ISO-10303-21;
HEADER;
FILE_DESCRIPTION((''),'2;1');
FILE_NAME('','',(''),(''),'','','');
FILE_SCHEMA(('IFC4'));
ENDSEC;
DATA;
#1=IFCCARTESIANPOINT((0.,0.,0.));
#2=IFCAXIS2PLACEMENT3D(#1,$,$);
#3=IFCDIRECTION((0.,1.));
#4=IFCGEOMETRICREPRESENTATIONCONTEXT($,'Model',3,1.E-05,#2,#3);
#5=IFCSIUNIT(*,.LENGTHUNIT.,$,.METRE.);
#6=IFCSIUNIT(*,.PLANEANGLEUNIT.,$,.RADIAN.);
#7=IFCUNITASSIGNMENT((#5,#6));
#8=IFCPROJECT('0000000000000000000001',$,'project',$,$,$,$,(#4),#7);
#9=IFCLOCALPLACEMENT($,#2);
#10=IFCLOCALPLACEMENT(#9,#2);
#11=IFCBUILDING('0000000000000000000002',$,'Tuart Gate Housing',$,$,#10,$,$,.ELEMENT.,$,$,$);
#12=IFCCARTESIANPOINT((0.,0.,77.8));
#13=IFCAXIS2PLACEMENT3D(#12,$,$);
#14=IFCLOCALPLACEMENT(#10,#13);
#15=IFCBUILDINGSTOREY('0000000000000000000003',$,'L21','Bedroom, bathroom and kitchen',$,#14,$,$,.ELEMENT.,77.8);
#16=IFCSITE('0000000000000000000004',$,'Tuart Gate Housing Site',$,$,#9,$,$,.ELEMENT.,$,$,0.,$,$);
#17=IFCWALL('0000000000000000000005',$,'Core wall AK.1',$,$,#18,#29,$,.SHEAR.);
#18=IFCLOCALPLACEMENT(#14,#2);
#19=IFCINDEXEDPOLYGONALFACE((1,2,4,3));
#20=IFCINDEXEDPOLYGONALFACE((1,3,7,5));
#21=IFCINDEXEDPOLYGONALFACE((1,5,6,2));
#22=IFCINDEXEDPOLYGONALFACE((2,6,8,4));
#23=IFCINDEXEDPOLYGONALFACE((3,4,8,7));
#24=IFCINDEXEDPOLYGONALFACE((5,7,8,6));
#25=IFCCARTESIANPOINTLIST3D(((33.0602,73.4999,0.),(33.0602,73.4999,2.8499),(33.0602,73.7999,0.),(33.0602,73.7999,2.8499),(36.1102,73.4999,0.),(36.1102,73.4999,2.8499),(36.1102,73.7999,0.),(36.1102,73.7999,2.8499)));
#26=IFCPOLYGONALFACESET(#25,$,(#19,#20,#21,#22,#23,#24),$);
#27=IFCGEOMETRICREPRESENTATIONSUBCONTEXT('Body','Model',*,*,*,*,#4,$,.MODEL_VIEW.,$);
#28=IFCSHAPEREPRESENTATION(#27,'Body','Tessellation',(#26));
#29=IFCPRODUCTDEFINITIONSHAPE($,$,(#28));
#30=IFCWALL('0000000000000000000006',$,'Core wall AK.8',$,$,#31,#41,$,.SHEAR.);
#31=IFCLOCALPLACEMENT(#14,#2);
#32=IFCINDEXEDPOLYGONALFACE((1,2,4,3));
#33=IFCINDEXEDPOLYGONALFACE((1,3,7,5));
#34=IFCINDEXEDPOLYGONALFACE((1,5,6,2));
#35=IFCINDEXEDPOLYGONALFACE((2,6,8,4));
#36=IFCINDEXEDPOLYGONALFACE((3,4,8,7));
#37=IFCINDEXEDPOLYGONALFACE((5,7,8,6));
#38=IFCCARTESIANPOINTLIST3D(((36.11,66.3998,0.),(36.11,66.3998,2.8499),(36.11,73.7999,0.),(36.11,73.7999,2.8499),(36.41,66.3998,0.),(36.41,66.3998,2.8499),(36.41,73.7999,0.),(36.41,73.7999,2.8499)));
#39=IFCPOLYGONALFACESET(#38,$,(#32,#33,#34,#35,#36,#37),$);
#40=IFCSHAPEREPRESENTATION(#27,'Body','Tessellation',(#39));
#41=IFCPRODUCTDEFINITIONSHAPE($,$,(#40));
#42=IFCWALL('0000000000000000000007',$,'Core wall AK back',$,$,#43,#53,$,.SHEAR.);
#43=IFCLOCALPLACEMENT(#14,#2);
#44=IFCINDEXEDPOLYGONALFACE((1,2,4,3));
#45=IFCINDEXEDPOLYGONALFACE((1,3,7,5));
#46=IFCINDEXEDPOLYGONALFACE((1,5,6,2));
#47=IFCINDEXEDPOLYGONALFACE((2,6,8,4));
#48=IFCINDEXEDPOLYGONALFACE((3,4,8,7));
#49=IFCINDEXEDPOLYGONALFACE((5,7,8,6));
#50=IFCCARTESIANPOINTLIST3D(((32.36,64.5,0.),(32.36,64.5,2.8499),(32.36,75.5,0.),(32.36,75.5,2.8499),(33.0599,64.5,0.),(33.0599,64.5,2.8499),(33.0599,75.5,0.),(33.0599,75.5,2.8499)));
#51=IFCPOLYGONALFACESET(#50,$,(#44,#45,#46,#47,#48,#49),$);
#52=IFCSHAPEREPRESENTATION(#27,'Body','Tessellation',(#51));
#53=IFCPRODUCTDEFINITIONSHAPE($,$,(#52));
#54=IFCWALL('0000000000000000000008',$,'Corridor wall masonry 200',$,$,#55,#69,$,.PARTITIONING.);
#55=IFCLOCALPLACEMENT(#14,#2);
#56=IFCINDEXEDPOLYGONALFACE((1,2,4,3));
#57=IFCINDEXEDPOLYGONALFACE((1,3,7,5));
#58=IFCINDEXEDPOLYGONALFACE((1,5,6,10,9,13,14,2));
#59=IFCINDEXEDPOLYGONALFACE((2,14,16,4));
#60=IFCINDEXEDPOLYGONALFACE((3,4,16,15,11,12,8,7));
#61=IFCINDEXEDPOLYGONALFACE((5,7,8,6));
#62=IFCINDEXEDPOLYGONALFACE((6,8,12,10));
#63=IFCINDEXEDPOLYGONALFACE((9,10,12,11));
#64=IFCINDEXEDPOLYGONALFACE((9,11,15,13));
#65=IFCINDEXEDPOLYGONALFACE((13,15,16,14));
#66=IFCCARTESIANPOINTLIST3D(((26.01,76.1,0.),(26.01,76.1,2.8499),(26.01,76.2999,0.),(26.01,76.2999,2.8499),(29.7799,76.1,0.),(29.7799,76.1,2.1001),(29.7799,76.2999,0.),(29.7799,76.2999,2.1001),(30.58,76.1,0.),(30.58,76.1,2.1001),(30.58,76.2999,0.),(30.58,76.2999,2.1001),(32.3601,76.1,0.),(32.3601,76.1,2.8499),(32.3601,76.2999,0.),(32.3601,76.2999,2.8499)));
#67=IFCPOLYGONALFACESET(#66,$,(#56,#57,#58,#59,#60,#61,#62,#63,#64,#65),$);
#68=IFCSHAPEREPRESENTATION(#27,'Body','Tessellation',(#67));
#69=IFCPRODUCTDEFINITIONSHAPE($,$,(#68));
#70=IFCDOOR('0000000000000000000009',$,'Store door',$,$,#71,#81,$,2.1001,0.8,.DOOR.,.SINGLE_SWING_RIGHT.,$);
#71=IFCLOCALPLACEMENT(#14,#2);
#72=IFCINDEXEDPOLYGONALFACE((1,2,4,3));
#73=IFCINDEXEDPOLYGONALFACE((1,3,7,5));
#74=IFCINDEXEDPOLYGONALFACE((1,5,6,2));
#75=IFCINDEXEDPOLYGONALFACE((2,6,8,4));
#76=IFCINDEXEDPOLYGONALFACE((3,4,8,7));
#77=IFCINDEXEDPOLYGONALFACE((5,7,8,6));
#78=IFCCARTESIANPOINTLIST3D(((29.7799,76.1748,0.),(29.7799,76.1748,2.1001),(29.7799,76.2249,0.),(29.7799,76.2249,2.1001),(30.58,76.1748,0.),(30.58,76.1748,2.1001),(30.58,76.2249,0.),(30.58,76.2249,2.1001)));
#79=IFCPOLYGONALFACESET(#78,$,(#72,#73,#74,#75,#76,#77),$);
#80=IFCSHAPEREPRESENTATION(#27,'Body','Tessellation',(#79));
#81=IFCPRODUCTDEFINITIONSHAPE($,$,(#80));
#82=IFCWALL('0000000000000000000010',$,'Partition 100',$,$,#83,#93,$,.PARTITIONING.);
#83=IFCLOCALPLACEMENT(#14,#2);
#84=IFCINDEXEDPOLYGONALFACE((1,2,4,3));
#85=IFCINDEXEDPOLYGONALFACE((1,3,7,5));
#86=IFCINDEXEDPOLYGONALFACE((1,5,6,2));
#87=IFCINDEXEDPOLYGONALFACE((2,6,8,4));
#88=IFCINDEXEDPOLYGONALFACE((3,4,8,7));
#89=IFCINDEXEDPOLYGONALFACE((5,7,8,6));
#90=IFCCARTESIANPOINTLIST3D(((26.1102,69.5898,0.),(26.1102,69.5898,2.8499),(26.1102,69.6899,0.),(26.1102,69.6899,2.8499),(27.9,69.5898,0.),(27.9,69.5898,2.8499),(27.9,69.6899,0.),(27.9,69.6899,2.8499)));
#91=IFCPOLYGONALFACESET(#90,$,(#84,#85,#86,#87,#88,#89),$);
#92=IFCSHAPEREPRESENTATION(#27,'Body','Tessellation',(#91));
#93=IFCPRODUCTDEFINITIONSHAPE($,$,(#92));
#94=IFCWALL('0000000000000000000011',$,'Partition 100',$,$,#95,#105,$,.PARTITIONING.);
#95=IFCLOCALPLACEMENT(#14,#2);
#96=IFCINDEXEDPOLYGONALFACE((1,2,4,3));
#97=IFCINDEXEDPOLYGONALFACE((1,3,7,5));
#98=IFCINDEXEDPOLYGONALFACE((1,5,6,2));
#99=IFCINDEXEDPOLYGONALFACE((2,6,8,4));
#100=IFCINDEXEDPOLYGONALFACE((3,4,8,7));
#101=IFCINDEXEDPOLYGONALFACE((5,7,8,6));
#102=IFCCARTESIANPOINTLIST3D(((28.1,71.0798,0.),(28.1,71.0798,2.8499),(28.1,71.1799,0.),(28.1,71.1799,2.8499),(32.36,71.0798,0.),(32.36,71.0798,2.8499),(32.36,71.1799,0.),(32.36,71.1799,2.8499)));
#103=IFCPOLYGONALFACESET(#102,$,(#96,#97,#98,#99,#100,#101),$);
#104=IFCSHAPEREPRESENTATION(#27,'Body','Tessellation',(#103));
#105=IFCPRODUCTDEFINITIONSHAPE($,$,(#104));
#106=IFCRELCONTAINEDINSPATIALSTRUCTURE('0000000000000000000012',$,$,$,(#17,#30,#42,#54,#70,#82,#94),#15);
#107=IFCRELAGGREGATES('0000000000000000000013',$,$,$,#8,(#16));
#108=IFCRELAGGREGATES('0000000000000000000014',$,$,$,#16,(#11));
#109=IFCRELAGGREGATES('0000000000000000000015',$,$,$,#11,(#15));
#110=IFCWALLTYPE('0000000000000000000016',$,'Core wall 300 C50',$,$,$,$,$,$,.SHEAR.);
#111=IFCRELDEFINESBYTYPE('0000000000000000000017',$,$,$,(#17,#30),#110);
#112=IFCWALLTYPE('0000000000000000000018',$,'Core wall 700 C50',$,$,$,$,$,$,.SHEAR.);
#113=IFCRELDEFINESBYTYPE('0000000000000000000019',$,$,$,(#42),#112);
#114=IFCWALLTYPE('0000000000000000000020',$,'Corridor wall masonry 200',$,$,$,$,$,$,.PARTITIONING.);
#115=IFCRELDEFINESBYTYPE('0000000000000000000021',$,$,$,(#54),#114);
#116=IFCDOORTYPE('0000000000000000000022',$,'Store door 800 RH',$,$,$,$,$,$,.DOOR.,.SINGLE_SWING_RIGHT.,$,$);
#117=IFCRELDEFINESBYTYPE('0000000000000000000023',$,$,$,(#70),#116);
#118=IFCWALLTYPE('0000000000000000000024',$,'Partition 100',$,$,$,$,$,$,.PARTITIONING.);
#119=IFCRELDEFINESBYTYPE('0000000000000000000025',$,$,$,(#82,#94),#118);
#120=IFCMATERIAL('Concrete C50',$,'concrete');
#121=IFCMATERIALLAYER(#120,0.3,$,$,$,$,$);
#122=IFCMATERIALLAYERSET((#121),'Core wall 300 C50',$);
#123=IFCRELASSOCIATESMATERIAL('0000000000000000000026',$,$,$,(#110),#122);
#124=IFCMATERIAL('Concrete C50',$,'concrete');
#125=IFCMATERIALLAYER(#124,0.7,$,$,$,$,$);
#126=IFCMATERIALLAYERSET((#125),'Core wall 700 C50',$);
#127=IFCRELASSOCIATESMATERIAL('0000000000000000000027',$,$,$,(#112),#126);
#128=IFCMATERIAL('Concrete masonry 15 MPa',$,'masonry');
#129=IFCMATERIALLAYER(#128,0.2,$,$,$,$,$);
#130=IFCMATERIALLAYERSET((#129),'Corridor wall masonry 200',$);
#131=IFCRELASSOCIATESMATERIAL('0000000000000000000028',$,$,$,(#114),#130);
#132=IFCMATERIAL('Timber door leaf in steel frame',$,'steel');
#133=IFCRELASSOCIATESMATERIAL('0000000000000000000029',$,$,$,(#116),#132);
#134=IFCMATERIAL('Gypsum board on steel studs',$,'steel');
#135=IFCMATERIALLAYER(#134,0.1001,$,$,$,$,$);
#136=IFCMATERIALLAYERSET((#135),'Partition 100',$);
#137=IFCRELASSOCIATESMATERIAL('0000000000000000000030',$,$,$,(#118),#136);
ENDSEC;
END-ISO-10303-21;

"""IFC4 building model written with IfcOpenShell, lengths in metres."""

from ifc_helpers import new_model, si_unit, direction, frame, frame_2d, origin, place, context, subcontext, project, spatial, rectangle, extrude, material, layer, layer_set, type_object, element, fill, save


model = new_model("IFC4")

# Units and contexts
model_context = context("Model", 3, precision=1e-05, world=origin(), true_north=direction((0.0, 1.0)))
body_context = subcontext(model_context, "Body", "Model", "MODEL_VIEW")
ifc_project = project(units=[si_unit("LENGTHUNIT", "METRE"), si_unit("PLANEANGLEUNIT", "RADIAN")], contexts=[model_context])

# Site, building, storey
site_placement = place(None, origin())
site = spatial("IfcSite", under=ifc_project, at=site_placement, Name="Tuart Gate Housing Site", CompositionType="ELEMENT", RefElevation=0.0)
building_placement = place(site_placement, origin())
building = spatial("IfcBuilding", under=site, at=building_placement, Name="Tuart Gate Housing", CompositionType="ELEMENT")
storey_placement = place(building_placement, frame((0.0, 0.0, 77.8)))
storey = spatial("IfcBuildingStorey", under=building, at=storey_placement, Name="L21", Description="Bedroom, bathroom and kitchen", CompositionType="ELEMENT", Elevation=77.8)

# Walls
ifc_material_1 = material(Name="Concrete C50", Category="concrete")
ifc_layer_1 = layer(ifc_material_1, 0.3)
ifc_layer_set_1 = layer_set([ifc_layer_1], Name="Core wall 300 C50")
wall_type_1 = type_object("IfcWallType", Name="Core wall 300 C50", PredefinedType="SHEAR", material=ifc_layer_set_1)
wall_1_placement = place(storey_placement, frame((36.1101, 73.6499, 0.0), z_axis=(0.0, 0.0, 1.0), x_axis=(-1.0, 0.0, 0.0)))
element("IfcWall", 1, at=wall_1_placement, inside=storey, type_object=wall_type_1, Name="Core wall AK.1", PredefinedType="SHEAR", context=body_context, shape_type="SweptSolid", body=[
    extrude(rectangle(XDim=3.05, YDim=0.3, at=frame_2d((1.5249, 0.0))), origin(), (0.0, 0.0, 1.0), 2.8499),
])
wall_2_placement = place(storey_placement, frame((36.26, 73.8, 0.0), z_axis=(0.0, 0.0, 1.0), x_axis=(0.0, -1.0, 0.0)))
element("IfcWall", 2, at=wall_2_placement, inside=storey, type_object=wall_type_1, Name="Core wall AK.8", PredefinedType="SHEAR", context=body_context, shape_type="SweptSolid", body=[
    extrude(rectangle(XDim=7.4001, YDim=0.3, at=frame_2d((3.7002, 0.0))), origin(), (0.0, 0.0, 1.0), 2.8499),
])
ifc_material_2 = material(Name="Concrete C50", Category="concrete")
ifc_layer_2 = layer(ifc_material_2, 0.7)
ifc_layer_set_2 = layer_set([ifc_layer_2], Name="Core wall 700 C50")
wall_type_2 = type_object("IfcWallType", Name="Core wall 700 C50", PredefinedType="SHEAR", material=ifc_layer_set_2)
wall_3_placement = place(storey_placement, frame((32.71, 75.5, 0.0), z_axis=(0.0, 0.0, 1.0), x_axis=(0.0, -1.0, 0.0)))
element("IfcWall", 3, at=wall_3_placement, inside=storey, type_object=wall_type_2, Name="Core wall AK back", PredefinedType="SHEAR", context=body_context, shape_type="SweptSolid", body=[
    extrude(rectangle(XDim=11.0, YDim=0.7, at=frame_2d((5.5, 0.0))), origin(), (0.0, 0.0, 1.0), 2.8499),
])

# Wall, opening, door
ifc_material_3 = material(Name="Concrete masonry 15 MPa", Category="masonry")
ifc_layer_3 = layer(ifc_material_3, 0.2)
ifc_layer_set_3 = layer_set([ifc_layer_3], Name="Corridor wall masonry 200")
wall_type_3 = type_object("IfcWallType", Name="Corridor wall masonry 200", PredefinedType="PARTITIONING", material=ifc_layer_set_3)
wall_4_placement = place(storey_placement, frame((26.01, 76.2, 0.0), z_axis=(0.0, 0.0, 1.0), x_axis=(1.0, 0.0, 0.0)))
wall_4 = element("IfcWall", 4, at=wall_4_placement, inside=storey, type_object=wall_type_3, Name="Corridor wall masonry 200", PredefinedType="PARTITIONING", context=body_context, shape_type="SweptSolid", body=[
    extrude(rectangle(XDim=6.3501, YDim=0.2, at=frame_2d((3.175, 0.0))), origin(), (0.0, 0.0, 1.0), 2.8499),
])
opening_placement = place(wall_4_placement, frame((3.77, 0.0, 0.0)))
opening = element("IfcOpeningElement", 5, at=opening_placement, cuts=wall_4, PredefinedType="OPENING", context=body_context, shape_type="SweptSolid", body=[
    extrude(rectangle(XDim=0.8, YDim=2.1001, at=frame_2d((0.3999, 1.05))), frame((0.0, 0.1099, 0.0), z_axis=(0.0, -1.0, 0.0), x_axis=(1.0, 0.0, 0.0)), (0.0, 0.0, 1.0), 0.22),
])
ifc_material_4 = material(Name="Timber door leaf in steel frame", Category="steel")
door_type = type_object("IfcDoorType", Name="Store door 800 RH", OperationType="SINGLE_SWING_RIGHT", PredefinedType="DOOR", material=ifc_material_4)
door_placement = place(opening_placement, frame((0.8, 0.0, 0.0), z_axis=(0.0, 0.0, 1.0), x_axis=(-1.0, 0.0, 0.0)))
door = element("IfcDoor", 6, at=door_placement, inside=storey, type_object=door_type, Name="Store door", OperationType="SINGLE_SWING_RIGHT", OverallHeight=2.1001, OverallWidth=0.8, PredefinedType="DOOR", context=body_context, shape_type="SweptSolid", body=[
    extrude(rectangle(XDim=0.8, YDim=2.1001, at=frame_2d((0.4001, 1.05))), frame((0.0, 0.0251, 0.0), z_axis=(0.0, -1.0, 0.0), x_axis=(1.0, 0.0, 0.0)), (0.0, 0.0, 1.0), 0.05),
])
fill(opening, door)

# Walls
ifc_material_5 = material(Name="Gypsum board on steel studs", Category="steel")
ifc_layer_4 = layer(ifc_material_5, 0.1001)
ifc_layer_set_4 = layer_set([ifc_layer_4], Name="Partition 100")
wall_type_4 = type_object("IfcWallType", Name="Partition 100", PredefinedType="PARTITIONING", material=ifc_layer_set_4)
wall_5_placement = place(storey_placement, frame((26.1101, 69.6399, 0.0), z_axis=(0.0, 0.0, 1.0), x_axis=(1.0, 0.0, 0.0)))
element("IfcWall", 7, at=wall_5_placement, inside=storey, type_object=wall_type_4, Name="Partition 100", PredefinedType="PARTITIONING", context=body_context, shape_type="SweptSolid", body=[
    extrude(rectangle(XDim=1.7898, YDim=0.1001, at=frame_2d((0.895, 0.0))), origin(), (0.0, 0.0, 1.0), 2.8499),
])
wall_6_placement = place(storey_placement, frame((28.1001, 71.1299, 0.0), z_axis=(0.0, 0.0, 1.0), x_axis=(1.0, 0.0, 0.0)))
element("IfcWall", 8, at=wall_6_placement, inside=storey, type_object=wall_type_4, Name="Partition 100", PredefinedType="PARTITIONING", context=body_context, shape_type="SweptSolid", body=[
    extrude(rectangle(XDim=4.26, YDim=0.1001, at=frame_2d((2.1299, 0.0))), origin(), (0.0, 0.0, 1.0), 2.8499),
])

save(model, "model.ifc")
